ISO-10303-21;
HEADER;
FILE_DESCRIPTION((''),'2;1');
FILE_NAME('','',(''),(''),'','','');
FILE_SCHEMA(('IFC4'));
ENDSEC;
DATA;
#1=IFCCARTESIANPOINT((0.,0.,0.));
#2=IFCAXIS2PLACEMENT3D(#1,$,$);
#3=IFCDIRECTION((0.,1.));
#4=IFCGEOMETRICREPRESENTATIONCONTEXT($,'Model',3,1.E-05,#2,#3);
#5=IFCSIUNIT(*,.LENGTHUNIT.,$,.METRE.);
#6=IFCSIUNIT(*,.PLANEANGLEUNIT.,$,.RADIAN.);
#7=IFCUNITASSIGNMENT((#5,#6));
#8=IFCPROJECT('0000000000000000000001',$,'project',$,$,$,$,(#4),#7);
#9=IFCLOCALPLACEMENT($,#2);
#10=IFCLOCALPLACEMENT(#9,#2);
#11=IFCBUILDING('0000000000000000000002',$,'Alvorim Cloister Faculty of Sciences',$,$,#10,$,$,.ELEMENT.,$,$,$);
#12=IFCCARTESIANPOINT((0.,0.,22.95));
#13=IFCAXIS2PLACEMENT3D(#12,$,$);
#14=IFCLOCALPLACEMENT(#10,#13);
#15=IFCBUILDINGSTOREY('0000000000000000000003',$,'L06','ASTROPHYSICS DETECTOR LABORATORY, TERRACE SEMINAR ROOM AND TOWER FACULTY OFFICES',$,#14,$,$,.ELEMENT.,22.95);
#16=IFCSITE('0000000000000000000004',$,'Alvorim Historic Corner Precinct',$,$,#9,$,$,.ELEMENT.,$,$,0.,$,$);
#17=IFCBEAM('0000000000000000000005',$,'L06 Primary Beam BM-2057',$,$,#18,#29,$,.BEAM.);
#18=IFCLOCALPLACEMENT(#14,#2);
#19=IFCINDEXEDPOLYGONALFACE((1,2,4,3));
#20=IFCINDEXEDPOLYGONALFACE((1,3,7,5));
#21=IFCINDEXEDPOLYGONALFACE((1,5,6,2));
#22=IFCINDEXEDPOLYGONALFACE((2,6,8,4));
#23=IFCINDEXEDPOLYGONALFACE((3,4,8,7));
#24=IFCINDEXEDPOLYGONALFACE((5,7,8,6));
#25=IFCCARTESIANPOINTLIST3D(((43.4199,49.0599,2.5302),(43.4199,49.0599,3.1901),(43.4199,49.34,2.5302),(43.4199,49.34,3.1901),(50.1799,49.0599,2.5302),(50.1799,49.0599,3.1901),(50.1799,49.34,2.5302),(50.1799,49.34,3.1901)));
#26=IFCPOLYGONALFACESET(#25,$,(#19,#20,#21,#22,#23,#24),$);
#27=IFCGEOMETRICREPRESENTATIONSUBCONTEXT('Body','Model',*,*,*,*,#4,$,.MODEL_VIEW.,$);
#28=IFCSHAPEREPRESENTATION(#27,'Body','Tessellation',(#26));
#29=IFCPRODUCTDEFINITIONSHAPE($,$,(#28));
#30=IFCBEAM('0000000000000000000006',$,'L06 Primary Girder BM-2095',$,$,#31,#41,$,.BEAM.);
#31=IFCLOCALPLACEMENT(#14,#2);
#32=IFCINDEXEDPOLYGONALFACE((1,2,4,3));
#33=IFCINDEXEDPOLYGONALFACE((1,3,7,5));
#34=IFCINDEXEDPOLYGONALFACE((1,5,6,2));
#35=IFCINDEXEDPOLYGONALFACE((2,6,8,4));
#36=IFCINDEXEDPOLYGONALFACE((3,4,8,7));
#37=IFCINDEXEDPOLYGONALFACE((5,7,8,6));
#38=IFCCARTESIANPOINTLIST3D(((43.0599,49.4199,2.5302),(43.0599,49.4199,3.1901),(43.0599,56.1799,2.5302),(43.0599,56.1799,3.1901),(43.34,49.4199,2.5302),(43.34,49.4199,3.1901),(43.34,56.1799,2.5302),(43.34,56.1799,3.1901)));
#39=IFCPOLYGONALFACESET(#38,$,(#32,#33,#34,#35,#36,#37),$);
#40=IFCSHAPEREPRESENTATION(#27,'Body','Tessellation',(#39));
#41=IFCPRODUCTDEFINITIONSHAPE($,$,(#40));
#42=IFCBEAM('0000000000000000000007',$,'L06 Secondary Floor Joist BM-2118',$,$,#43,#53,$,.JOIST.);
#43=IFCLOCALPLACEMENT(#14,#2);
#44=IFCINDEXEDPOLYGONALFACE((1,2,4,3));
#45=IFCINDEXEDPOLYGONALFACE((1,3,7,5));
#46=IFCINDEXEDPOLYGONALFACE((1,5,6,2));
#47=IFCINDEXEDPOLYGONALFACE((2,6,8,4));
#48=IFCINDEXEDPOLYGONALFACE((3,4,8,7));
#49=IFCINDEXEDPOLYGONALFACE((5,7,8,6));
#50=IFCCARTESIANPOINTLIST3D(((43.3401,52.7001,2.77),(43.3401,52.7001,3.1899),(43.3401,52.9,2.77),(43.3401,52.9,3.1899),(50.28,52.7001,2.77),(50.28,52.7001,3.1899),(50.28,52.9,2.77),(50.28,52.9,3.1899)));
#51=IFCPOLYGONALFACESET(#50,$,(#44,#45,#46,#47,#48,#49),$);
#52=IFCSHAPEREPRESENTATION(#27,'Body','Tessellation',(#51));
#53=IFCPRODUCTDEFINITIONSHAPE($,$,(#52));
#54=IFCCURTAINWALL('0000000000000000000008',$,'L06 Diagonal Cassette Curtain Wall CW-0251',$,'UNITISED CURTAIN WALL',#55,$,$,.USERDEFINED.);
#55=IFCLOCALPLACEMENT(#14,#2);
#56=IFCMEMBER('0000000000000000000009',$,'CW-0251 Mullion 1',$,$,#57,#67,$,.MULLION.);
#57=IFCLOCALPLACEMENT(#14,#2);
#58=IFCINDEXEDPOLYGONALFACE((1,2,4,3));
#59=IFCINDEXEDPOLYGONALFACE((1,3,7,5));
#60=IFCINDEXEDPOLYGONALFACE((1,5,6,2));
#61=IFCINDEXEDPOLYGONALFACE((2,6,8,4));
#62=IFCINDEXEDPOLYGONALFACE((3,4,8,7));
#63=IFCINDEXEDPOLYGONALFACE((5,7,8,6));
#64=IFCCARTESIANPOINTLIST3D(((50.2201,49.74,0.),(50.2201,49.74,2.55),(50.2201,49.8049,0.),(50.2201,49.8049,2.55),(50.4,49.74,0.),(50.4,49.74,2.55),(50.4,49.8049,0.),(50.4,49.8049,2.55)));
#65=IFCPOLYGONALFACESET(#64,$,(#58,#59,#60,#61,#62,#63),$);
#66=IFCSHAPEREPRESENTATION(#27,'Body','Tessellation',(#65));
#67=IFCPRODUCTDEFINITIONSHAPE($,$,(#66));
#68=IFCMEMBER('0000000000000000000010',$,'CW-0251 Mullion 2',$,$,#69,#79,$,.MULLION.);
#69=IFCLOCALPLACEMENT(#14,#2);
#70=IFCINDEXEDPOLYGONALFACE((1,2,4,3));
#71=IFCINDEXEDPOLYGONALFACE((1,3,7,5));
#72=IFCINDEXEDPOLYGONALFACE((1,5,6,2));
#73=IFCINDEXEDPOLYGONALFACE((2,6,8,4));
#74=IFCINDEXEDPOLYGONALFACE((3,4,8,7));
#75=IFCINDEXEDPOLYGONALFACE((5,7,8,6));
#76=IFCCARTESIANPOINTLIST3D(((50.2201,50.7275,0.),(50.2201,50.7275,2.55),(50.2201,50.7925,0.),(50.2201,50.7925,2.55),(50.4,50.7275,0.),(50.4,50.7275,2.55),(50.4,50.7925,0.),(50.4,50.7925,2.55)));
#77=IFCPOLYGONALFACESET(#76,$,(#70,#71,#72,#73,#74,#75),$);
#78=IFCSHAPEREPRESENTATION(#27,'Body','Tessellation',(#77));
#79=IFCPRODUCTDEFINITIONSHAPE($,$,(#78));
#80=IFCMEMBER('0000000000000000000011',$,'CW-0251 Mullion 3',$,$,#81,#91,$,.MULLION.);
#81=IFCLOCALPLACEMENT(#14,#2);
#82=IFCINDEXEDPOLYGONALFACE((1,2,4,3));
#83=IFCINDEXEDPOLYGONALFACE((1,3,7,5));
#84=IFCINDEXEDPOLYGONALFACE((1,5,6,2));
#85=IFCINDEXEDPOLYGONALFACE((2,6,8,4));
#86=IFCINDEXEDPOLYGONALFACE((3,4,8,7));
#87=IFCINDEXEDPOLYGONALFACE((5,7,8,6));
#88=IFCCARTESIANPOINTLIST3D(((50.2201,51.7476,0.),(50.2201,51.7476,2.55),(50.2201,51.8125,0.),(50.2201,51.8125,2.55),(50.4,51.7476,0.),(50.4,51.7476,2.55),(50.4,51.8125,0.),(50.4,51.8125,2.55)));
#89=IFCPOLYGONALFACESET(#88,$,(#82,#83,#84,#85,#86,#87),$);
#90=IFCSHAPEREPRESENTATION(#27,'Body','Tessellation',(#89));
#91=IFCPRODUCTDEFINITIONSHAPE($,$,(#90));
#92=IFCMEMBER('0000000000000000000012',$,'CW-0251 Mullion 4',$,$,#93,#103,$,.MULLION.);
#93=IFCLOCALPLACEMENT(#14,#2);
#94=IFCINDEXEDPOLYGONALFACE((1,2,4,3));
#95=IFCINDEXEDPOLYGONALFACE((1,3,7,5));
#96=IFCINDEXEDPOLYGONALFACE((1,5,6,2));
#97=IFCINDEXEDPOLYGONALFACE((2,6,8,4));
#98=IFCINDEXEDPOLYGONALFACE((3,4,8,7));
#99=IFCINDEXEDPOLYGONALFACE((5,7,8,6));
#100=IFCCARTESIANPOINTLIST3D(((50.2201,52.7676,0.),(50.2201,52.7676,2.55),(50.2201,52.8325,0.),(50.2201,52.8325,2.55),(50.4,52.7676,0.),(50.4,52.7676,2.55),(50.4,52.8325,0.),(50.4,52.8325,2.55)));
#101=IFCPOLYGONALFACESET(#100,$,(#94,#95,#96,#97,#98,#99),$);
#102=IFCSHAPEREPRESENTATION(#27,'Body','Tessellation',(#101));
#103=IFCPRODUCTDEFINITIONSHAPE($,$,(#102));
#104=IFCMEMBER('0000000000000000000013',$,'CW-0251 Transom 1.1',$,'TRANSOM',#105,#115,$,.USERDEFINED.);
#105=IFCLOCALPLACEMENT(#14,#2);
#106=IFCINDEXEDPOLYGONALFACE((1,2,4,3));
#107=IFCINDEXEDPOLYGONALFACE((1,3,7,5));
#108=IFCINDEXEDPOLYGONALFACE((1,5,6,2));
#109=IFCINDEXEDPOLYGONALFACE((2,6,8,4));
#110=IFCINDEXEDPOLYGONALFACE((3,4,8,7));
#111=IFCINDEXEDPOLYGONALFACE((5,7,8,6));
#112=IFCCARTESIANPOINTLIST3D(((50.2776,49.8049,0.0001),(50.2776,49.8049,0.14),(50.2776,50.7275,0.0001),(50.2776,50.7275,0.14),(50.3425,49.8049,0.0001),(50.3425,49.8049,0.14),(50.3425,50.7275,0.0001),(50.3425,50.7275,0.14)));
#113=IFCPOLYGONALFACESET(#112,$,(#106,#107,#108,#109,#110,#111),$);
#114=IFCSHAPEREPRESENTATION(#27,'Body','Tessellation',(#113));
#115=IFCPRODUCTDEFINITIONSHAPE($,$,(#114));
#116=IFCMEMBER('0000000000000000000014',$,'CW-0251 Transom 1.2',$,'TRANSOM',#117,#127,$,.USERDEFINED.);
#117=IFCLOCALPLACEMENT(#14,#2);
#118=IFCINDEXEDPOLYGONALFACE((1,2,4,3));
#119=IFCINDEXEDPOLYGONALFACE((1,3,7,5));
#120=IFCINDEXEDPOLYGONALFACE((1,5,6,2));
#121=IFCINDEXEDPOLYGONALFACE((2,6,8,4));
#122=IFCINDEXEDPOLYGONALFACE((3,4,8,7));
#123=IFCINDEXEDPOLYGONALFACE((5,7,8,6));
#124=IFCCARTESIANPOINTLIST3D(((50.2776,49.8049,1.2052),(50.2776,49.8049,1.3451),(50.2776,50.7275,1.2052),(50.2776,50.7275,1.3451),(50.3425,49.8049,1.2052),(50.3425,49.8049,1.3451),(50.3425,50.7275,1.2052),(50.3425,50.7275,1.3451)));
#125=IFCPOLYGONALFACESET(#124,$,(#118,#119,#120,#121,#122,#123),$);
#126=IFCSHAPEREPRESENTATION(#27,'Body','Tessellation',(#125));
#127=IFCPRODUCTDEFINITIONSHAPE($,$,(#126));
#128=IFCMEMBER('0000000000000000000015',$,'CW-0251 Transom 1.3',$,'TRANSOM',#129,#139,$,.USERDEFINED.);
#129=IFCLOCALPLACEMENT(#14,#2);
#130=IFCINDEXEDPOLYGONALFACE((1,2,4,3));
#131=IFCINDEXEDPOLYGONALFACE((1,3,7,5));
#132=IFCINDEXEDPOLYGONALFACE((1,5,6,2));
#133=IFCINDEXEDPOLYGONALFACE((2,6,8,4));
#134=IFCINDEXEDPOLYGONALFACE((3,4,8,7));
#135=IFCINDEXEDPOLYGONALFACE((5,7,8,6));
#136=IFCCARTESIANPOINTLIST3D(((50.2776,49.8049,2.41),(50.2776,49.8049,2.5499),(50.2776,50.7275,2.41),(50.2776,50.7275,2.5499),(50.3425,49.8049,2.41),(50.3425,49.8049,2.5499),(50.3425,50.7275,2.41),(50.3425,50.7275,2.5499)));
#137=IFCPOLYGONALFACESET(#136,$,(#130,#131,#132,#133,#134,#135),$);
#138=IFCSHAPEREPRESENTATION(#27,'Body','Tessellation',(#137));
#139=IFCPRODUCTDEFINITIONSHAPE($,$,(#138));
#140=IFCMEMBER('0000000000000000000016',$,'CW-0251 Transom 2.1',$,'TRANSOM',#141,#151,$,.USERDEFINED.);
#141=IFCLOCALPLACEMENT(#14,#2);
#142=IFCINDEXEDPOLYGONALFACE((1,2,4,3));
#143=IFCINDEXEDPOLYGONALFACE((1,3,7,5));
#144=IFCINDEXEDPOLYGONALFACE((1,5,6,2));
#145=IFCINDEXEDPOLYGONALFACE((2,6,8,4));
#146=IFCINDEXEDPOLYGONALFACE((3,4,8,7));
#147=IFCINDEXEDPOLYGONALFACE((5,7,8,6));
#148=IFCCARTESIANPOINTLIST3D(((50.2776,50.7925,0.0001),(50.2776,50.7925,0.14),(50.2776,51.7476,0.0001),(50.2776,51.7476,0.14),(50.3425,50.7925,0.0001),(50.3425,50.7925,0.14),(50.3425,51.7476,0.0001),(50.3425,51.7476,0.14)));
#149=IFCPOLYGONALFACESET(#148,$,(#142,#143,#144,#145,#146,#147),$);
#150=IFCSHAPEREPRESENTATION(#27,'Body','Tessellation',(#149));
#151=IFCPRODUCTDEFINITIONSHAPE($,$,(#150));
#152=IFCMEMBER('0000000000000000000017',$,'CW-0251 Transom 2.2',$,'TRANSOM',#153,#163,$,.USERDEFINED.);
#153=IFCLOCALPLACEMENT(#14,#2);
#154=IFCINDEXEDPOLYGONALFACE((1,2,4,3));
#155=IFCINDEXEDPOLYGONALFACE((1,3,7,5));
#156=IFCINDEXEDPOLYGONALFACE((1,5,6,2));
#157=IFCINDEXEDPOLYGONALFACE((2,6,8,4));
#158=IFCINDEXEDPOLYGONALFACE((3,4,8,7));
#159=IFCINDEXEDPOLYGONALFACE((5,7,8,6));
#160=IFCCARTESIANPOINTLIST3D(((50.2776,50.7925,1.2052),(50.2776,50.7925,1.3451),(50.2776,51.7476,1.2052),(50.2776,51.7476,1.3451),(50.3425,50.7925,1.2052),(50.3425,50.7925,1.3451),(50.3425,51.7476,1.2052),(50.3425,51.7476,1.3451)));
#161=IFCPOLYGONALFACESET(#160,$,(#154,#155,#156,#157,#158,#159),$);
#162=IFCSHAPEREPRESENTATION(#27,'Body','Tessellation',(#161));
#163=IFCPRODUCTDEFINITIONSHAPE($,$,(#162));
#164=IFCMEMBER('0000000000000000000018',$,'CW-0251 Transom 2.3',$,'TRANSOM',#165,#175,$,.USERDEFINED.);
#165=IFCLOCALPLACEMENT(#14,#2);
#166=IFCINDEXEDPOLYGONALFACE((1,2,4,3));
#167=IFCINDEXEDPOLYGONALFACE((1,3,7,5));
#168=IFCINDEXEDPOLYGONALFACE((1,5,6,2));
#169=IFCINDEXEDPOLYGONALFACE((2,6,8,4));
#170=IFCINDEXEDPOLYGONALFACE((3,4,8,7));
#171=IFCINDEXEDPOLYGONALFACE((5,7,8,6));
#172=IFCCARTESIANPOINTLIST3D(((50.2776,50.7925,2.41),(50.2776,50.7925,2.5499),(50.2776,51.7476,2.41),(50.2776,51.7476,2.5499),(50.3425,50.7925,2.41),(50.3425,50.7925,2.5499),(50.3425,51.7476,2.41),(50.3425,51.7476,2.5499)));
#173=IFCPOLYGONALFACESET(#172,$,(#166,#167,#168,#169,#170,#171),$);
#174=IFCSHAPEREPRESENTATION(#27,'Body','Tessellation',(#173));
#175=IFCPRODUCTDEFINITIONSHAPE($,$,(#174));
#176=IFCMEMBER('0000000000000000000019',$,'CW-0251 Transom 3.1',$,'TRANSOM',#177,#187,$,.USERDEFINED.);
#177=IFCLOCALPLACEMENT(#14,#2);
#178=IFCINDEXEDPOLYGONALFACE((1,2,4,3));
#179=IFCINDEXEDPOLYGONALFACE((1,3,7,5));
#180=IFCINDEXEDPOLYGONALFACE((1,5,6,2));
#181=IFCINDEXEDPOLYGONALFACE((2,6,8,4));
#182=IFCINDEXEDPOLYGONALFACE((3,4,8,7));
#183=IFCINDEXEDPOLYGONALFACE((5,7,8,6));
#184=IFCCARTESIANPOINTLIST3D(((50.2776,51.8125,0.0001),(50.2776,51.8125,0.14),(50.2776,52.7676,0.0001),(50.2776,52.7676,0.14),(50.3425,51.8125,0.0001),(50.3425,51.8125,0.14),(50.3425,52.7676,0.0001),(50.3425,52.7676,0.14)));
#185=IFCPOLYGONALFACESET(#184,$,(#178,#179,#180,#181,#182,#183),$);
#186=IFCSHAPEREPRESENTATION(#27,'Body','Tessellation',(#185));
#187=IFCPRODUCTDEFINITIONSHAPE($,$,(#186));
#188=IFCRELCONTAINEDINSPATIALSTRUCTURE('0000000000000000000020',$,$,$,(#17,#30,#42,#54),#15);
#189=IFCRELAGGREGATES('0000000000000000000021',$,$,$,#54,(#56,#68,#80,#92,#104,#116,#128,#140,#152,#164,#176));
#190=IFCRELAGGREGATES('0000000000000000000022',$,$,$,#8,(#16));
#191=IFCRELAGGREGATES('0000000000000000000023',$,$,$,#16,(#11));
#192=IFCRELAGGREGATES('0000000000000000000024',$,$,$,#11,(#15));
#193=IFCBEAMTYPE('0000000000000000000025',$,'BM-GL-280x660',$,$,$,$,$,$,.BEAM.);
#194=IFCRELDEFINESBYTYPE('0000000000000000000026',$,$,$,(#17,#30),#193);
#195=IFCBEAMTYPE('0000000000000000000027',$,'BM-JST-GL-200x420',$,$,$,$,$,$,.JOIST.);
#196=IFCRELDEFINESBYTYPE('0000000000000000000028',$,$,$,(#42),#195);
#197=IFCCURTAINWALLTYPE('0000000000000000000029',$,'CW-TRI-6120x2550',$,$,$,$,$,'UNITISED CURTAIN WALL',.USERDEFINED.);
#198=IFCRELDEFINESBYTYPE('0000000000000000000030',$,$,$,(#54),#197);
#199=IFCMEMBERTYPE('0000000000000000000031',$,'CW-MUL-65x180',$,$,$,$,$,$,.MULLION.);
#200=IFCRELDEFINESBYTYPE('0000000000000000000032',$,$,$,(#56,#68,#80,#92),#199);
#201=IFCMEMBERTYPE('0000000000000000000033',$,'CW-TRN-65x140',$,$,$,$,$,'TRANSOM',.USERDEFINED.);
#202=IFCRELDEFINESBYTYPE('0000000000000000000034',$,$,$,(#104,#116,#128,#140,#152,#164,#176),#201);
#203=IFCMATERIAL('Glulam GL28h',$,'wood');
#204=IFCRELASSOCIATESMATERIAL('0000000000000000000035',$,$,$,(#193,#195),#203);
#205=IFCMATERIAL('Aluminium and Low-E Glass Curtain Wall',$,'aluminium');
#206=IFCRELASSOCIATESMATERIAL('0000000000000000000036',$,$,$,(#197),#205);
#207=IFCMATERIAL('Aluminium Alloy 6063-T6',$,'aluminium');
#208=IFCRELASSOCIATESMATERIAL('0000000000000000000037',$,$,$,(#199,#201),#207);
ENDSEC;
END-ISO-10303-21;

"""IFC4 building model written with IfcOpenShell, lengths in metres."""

from ifc_helpers import new_model, si_unit, direction, frame, origin, origin_2d, place, context, subcontext, project, spatial, rectangle, extrude, material, material_profile, profile_set, type_object, element, aggregate, save


model = new_model("IFC4")

# Units and contexts
model_context = context("Model", 3, precision=1e-05, world=origin(), true_north=direction((0.0, 1.0)))
body_context = subcontext(model_context, "Body", "Model", "MODEL_VIEW")
ifc_project = project(units=[si_unit("LENGTHUNIT", "METRE"), si_unit("PLANEANGLEUNIT", "RADIAN")], contexts=[model_context])

# Site, building, storey
site_placement = place(None, origin())
site = spatial("IfcSite", under=ifc_project, at=site_placement, Name="Alvorim Historic Corner Precinct", CompositionType="ELEMENT", RefElevation=0.0)
building_placement = place(site_placement, origin())
building = spatial("IfcBuilding", under=site, at=building_placement, Name="Alvorim Cloister Faculty of Sciences", CompositionType="ELEMENT")
storey_placement = place(building_placement, frame((0.0, 0.0, 22.95)))
storey = spatial("IfcBuildingStorey", under=building, at=storey_placement, Name="L06", Description="ASTROPHYSICS DETECTOR LABORATORY, TERRACE SEMINAR ROOM AND TOWER FACULTY OFFICES", CompositionType="ELEMENT", Elevation=22.95)

# Beams
ifc_material_1 = material(Name="Glulam GL28h", Category="wood")
ifc_material_profile_1 = material_profile(ifc_material_1, rectangle(XDim=0.28, YDim=0.6599, at=origin_2d()), Name="GL28-BM-280x660")
ifc_profile_set_1 = profile_set([ifc_material_profile_1], Name="Glulam GL28h")
beam_type_1 = type_object("IfcBeamType", Name="BM-GL-280x660", PredefinedType="BEAM", material=ifc_profile_set_1)
for number, where, z_axis, x_axis, name in (
    (1, (43.4199, 49.2, 2.8601), (1.0, 0.0, 0.0), (0.0, 1.0, 0.0), "L06 Primary Beam BM-2057"),
    (2, (43.2, 49.4199, 2.8601), (0.0, 1.0, 0.0), (-1.0, 0.0, 0.0), "L06 Primary Girder BM-2095"),
):
    element("IfcBeam", number, at=place(storey_placement, frame(where, z_axis=z_axis, x_axis=x_axis)), inside=storey, type_object=beam_type_1, Name=name, PredefinedType="BEAM", context=body_context, shape_type="SweptSolid", body=[
        extrude(rectangle(XDim=0.28, YDim=0.6599, at=origin_2d()), origin(), (0.0, 0.0, 1.0), 6.76),
    ])
ifc_material_profile_2 = material_profile(ifc_material_1, rectangle(XDim=0.2, YDim=0.4199, at=origin_2d()), Name="GL28-JST-200x420")
ifc_profile_set_2 = profile_set([ifc_material_profile_2], Name="Glulam GL28h")
beam_type_2 = type_object("IfcBeamType", Name="BM-JST-GL-200x420", PredefinedType="JOIST", material=ifc_profile_set_2)
beam_placement = place(storey_placement, frame((43.3401, 52.8, 2.98), z_axis=(1.0, 0.0, 0.0), x_axis=(0.0, 1.0, 0.0)))
element("IfcBeam", 3, at=beam_placement, inside=storey, type_object=beam_type_2, Name="L06 Secondary Floor Joist BM-2118", PredefinedType="JOIST", context=body_context, shape_type="SweptSolid", body=[
    extrude(rectangle(XDim=0.2, YDim=0.4199, at=origin_2d()), origin(), (0.0, 0.0, 1.0), 6.9399),
])

# Curtain wall, members
ifc_material_2 = material(Name="Aluminium and Low-E Glass Curtain Wall", Category="aluminium")
curtain_wall_type = type_object("IfcCurtainWallType", Name="CW-TRI-6120x2550", ElementType="UNITISED CURTAIN WALL", PredefinedType="USERDEFINED", material=ifc_material_2)
curtain_wall_placement = place(storey_placement, origin())
curtain_wall = element("IfcCurtainWall", 4, at=curtain_wall_placement, inside=storey, type_object=curtain_wall_type, Name="L06 Diagonal Cassette Curtain Wall CW-0251", ObjectType="UNITISED CURTAIN WALL", PredefinedType="USERDEFINED")
ifc_material_3 = material(Name="Aluminium Alloy 6063-T6", Category="aluminium")
ifc_material_profile_3 = material_profile(ifc_material_3, rectangle(XDim=0.0649, YDim=0.1799, at=origin_2d()), Name="ALU-MUL-65x180")
ifc_profile_set_3 = profile_set([ifc_material_profile_3], Name="Aluminium Alloy 6063-T6")
member_type_1 = type_object("IfcMemberType", Name="CW-MUL-65x180", PredefinedType="MULLION", material=ifc_profile_set_3)
member_1_placement = place(storey_placement, frame((50.3101, 49.7725, 0.0), z_axis=(0.0, 0.0, 1.0), x_axis=(0.0, 1.0, 0.0)))
member_1 = element("IfcMember", 5, at=member_1_placement, type_object=member_type_1, Name="CW-0251 Mullion 1", PredefinedType="MULLION", context=body_context, shape_type="SweptSolid", body=[
    extrude(rectangle(XDim=0.0649, YDim=0.1799, at=origin_2d()), origin(), (0.0, 0.0, 1.0), 2.55),
])
member_2_placement = place(storey_placement, frame((50.3101, 50.76, 0.0), z_axis=(0.0, 0.0, 1.0), x_axis=(0.0, 1.0, 0.0)))
member_2 = element("IfcMember", 6, at=member_2_placement, type_object=member_type_1, Name="CW-0251 Mullion 2", PredefinedType="MULLION", context=body_context, shape_type="SweptSolid", body=[
    extrude(rectangle(XDim=0.0649, YDim=0.1799, at=origin_2d()), origin(), (0.0, 0.0, 1.0), 2.55),
])
member_3_placement = place(storey_placement, frame((50.3101, 51.78, 0.0), z_axis=(0.0, 0.0, 1.0), x_axis=(0.0, 1.0, 0.0)))
member_3 = element("IfcMember", 7, at=member_3_placement, type_object=member_type_1, Name="CW-0251 Mullion 3", PredefinedType="MULLION", context=body_context, shape_type="SweptSolid", body=[
    extrude(rectangle(XDim=0.0649, YDim=0.1799, at=origin_2d()), origin(), (0.0, 0.0, 1.0), 2.55),
])
member_4_placement = place(storey_placement, frame((50.3101, 52.8, 0.0), z_axis=(0.0, 0.0, 1.0), x_axis=(0.0, 1.0, 0.0)))
member_4 = element("IfcMember", 8, at=member_4_placement, type_object=member_type_1, Name="CW-0251 Mullion 4", PredefinedType="MULLION", context=body_context, shape_type="SweptSolid", body=[
    extrude(rectangle(XDim=0.0649, YDim=0.1799, at=origin_2d()), origin(), (0.0, 0.0, 1.0), 2.55),
])
ifc_material_profile_4 = material_profile(ifc_material_3, rectangle(XDim=0.0649, YDim=0.1399, at=origin_2d()), Name="ALU-TRN-65x140")
ifc_profile_set_4 = profile_set([ifc_material_profile_4], Name="Aluminium Alloy 6063-T6")
member_type_2 = type_object("IfcMemberType", Name="CW-TRN-65x140", ElementType="TRANSOM", PredefinedType="USERDEFINED", material=ifc_profile_set_4)
member_5_placement = place(storey_placement, frame((50.3101, 49.8049, 0.0701), z_axis=(0.0, 1.0, 0.0), x_axis=(-1.0, 0.0, 0.0)))
member_5 = element("IfcMember", 9, at=member_5_placement, type_object=member_type_2, Name="CW-0251 Transom 1.1", ObjectType="TRANSOM", PredefinedType="USERDEFINED", context=body_context, shape_type="SweptSolid", body=[
    extrude(rectangle(XDim=0.0649, YDim=0.1399, at=origin_2d()), origin(), (0.0, 0.0, 1.0), 0.9226),
])
member_6_placement = place(storey_placement, frame((50.3101, 49.8049, 1.2751), z_axis=(0.0, 1.0, 0.0), x_axis=(-1.0, 0.0, 0.0)))
member_6 = element("IfcMember", 10, at=member_6_placement, type_object=member_type_2, Name="CW-0251 Transom 1.2", ObjectType="TRANSOM", PredefinedType="USERDEFINED", context=body_context, shape_type="SweptSolid", body=[
    extrude(rectangle(XDim=0.0649, YDim=0.1399, at=origin_2d()), origin(), (0.0, 0.0, 1.0), 0.9226),
])
member_7_placement = place(storey_placement, frame((50.3101, 49.8049, 2.48), z_axis=(0.0, 1.0, 0.0), x_axis=(-1.0, 0.0, 0.0)))
member_7 = element("IfcMember", 11, at=member_7_placement, type_object=member_type_2, Name="CW-0251 Transom 1.3", ObjectType="TRANSOM", PredefinedType="USERDEFINED", context=body_context, shape_type="SweptSolid", body=[
    extrude(rectangle(XDim=0.0649, YDim=0.1399, at=origin_2d()), origin(), (0.0, 0.0, 1.0), 0.9226),
])
member_8_placement = place(storey_placement, frame((50.3101, 50.7925, 0.0701), z_axis=(0.0, 1.0, 0.0), x_axis=(-1.0, 0.0, 0.0)))
member_8 = element("IfcMember", 12, at=member_8_placement, type_object=member_type_2, Name="CW-0251 Transom 2.1", ObjectType="TRANSOM", PredefinedType="USERDEFINED", context=body_context, shape_type="SweptSolid", body=[
    extrude(rectangle(XDim=0.0649, YDim=0.1399, at=origin_2d()), origin(), (0.0, 0.0, 1.0), 0.9551),
])
member_9_placement = place(storey_placement, frame((50.3101, 50.7925, 1.2751), z_axis=(0.0, 1.0, 0.0), x_axis=(-1.0, 0.0, 0.0)))
member_9 = element("IfcMember", 13, at=member_9_placement, type_object=member_type_2, Name="CW-0251 Transom 2.2", ObjectType="TRANSOM", PredefinedType="USERDEFINED", context=body_context, shape_type="SweptSolid", body=[
    extrude(rectangle(XDim=0.0649, YDim=0.1399, at=origin_2d()), origin(), (0.0, 0.0, 1.0), 0.9551),
])
member_10_placement = place(storey_placement, frame((50.3101, 50.7925, 2.48), z_axis=(0.0, 1.0, 0.0), x_axis=(-1.0, 0.0, 0.0)))
member_10 = element("IfcMember", 14, at=member_10_placement, type_object=member_type_2, Name="CW-0251 Transom 2.3", ObjectType="TRANSOM", PredefinedType="USERDEFINED", context=body_context, shape_type="SweptSolid", body=[
    extrude(rectangle(XDim=0.0649, YDim=0.1399, at=origin_2d()), origin(), (0.0, 0.0, 1.0), 0.9551),
])
member_11_placement = place(storey_placement, frame((50.3101, 51.8125, 0.0701), z_axis=(0.0, 1.0, 0.0), x_axis=(-1.0, 0.0, 0.0)))
member_11 = element("IfcMember", 15, at=member_11_placement, type_object=member_type_2, Name="CW-0251 Transom 3.1", ObjectType="TRANSOM", PredefinedType="USERDEFINED", context=body_context, shape_type="SweptSolid", body=[
    extrude(rectangle(XDim=0.0649, YDim=0.1399, at=origin_2d()), origin(), (0.0, 0.0, 1.0), 0.9551),
])
aggregate(curtain_wall, [member_1, member_2, member_3, member_4, member_5, member_6, member_7, member_8, member_9, member_10, member_11])

save(model, "model.ifc")
